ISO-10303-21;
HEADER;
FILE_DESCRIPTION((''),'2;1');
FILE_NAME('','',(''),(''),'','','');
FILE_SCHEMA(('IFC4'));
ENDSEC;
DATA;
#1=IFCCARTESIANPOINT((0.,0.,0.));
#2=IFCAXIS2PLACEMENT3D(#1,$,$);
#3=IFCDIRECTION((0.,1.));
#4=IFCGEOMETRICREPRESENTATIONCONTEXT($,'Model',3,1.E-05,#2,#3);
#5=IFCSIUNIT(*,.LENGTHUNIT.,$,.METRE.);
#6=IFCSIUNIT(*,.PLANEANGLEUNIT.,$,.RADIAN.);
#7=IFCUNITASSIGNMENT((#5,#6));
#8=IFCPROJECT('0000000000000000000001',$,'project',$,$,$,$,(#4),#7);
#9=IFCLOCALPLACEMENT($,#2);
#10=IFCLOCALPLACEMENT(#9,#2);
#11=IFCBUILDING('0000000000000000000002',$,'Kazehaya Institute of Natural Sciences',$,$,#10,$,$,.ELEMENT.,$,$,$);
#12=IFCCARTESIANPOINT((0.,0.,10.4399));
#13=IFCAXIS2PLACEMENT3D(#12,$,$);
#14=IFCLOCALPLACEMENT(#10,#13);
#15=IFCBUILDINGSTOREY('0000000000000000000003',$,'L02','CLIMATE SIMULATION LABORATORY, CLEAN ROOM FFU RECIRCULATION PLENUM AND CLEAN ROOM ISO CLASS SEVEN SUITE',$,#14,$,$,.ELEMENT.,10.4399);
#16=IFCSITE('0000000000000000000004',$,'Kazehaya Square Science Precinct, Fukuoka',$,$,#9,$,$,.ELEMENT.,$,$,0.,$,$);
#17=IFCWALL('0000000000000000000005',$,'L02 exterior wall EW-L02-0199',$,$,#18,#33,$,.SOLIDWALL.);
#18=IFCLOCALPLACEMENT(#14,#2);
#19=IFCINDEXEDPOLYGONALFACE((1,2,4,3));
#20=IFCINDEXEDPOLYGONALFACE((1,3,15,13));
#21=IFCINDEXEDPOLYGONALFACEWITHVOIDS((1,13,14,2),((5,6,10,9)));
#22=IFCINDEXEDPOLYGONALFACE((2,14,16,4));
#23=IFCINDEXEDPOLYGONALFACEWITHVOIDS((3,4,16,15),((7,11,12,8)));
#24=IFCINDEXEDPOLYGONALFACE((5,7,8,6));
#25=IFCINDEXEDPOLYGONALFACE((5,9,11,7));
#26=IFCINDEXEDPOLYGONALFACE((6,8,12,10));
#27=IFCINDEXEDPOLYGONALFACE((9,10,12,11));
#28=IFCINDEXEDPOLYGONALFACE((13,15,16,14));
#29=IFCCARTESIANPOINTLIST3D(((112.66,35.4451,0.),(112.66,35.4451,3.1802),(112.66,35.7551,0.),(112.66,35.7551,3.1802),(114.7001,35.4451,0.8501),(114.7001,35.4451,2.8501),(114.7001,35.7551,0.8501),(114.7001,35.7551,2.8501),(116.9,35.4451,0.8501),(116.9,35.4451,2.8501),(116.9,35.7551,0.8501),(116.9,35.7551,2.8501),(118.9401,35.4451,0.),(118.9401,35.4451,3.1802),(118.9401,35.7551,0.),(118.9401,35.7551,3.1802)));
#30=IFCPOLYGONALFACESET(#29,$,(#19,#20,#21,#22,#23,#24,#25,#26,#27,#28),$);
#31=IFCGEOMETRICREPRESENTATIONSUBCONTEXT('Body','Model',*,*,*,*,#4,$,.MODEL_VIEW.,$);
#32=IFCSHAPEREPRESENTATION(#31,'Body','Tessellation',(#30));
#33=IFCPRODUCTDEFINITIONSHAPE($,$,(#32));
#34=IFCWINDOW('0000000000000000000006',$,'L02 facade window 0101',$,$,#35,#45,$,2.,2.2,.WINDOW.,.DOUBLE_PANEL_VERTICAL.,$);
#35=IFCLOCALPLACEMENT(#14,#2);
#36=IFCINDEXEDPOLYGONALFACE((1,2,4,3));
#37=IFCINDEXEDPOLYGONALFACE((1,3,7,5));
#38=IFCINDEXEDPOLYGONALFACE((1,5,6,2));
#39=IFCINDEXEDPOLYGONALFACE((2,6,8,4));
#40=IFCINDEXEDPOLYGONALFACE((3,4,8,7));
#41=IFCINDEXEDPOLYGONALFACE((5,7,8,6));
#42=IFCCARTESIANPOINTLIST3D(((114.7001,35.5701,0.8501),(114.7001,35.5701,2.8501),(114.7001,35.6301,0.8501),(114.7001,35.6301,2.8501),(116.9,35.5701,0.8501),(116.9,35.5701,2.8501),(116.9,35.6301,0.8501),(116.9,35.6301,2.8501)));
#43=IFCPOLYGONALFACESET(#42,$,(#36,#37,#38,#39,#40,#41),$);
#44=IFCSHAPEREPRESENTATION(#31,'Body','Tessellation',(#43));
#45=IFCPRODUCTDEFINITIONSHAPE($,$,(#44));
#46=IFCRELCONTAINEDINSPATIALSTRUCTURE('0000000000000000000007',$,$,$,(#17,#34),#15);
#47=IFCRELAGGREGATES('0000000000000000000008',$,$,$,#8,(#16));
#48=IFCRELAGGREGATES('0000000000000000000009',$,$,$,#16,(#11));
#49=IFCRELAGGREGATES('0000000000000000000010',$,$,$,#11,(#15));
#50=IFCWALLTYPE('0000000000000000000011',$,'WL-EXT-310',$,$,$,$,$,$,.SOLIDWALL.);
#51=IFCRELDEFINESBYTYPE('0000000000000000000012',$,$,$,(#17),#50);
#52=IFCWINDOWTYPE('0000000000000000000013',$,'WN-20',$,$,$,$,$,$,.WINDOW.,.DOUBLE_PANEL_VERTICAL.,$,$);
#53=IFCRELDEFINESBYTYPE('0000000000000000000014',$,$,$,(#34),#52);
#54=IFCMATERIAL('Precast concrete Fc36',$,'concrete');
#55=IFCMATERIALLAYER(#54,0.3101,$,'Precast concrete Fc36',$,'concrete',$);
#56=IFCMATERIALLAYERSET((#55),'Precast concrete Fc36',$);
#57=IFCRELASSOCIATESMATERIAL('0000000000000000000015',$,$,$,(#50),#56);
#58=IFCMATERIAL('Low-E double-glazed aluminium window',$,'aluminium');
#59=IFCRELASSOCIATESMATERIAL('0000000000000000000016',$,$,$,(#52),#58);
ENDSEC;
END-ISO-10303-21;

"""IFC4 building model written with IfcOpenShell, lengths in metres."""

from ifc_helpers import new_model, si_unit, direction, frame, frame_2d, origin, place, context, subcontext, project, spatial, rectangle, extrude, material, layer, layer_set, type_object, element, fill, save


model = new_model("IFC4")

# Units and contexts
model_context = context("Model", 3, precision=1e-05, world=origin(), true_north=direction((0.0, 1.0)))
body_context = subcontext(model_context, "Body", "Model", "MODEL_VIEW")
ifc_project = project(units=[si_unit("LENGTHUNIT", "METRE"), si_unit("PLANEANGLEUNIT", "RADIAN")], contexts=[model_context])

# Site, building, storey
site_placement = place(None, origin())
site = spatial("IfcSite", under=ifc_project, at=site_placement, Name="Kazehaya Square Science Precinct, Fukuoka", CompositionType="ELEMENT", RefElevation=0.0)
building_placement = place(site_placement, origin())
building = spatial("IfcBuilding", under=site, at=building_placement, Name="Kazehaya Institute of Natural Sciences", CompositionType="ELEMENT")
storey_placement = place(building_placement, frame((0.0, 0.0, 10.4399)))
storey = spatial("IfcBuildingStorey", under=building, at=storey_placement, Name="L02", Description="CLIMATE SIMULATION LABORATORY, CLEAN ROOM FFU RECIRCULATION PLENUM AND CLEAN ROOM ISO CLASS SEVEN SUITE", CompositionType="ELEMENT", Elevation=10.4399)

# Wall, opening, window
ifc_material_1 = material(Name="Precast concrete Fc36", Category="concrete")
ifc_layer_1 = layer(ifc_material_1, 0.3101, Name="Precast concrete Fc36", Category="concrete")
ifc_layer_set_1 = layer_set([ifc_layer_1], Name="Precast concrete Fc36")
wall_type = type_object("IfcWallType", Name="WL-EXT-310", PredefinedType="SOLIDWALL", material=ifc_layer_set_1)
wall_placement = place(storey_placement, frame((112.6599, 35.6001, 0.0), z_axis=(0.0, 0.0, 1.0), x_axis=(1.0, 0.0, 0.0)))
wall = element("IfcWall", 1, at=wall_placement, inside=storey, type_object=wall_type, Name="L02 exterior wall EW-L02-0199", PredefinedType="SOLIDWALL", context=body_context, shape_type="SweptSolid", body=[
    extrude(rectangle(XDim=6.28, YDim=0.3101, at=frame_2d((3.1401, 0.0))), origin(), (0.0, 0.0, 1.0), 3.1802),
])
opening_placement = place(wall_placement, frame((2.04, 0.0, 0.8501)))
opening = element("IfcOpeningElement", 2, at=opening_placement, cuts=wall, PredefinedType="OPENING", context=body_context, shape_type="SweptSolid", body=[
    extrude(rectangle(XDim=2.2, YDim=2.0, at=frame_2d((1.1001, 1.0))), frame((0.0, 0.165, 0.0), z_axis=(0.0, -1.0, 0.0), x_axis=(1.0, 0.0, 0.0)), (0.0, 0.0, 1.0), 0.3301),
])
ifc_material_2 = material(Name="Low-E double-glazed aluminium window", Category="aluminium")
window_type = type_object("IfcWindowType", Name="WN-20", PartitioningType="DOUBLE_PANEL_VERTICAL", PredefinedType="WINDOW", material=ifc_material_2)
window_placement = place(opening_placement, origin())
window = element("IfcWindow", 3, at=window_placement, inside=storey, type_object=window_type, Name="L02 facade window 0101", OverallHeight=2.0, OverallWidth=2.2, PartitioningType="DOUBLE_PANEL_VERTICAL", PredefinedType="WINDOW", context=body_context, shape_type="SweptSolid", body=[
    extrude(rectangle(XDim=2.2, YDim=2.0, at=frame_2d((1.1001, 1.0))), frame((0.0, 0.03, 0.0), z_axis=(0.0, -1.0, 0.0), x_axis=(1.0, 0.0, 0.0)), (0.0, 0.0, 1.0), 0.0601),
])
fill(opening, window)

save(model, "model.ifc")
